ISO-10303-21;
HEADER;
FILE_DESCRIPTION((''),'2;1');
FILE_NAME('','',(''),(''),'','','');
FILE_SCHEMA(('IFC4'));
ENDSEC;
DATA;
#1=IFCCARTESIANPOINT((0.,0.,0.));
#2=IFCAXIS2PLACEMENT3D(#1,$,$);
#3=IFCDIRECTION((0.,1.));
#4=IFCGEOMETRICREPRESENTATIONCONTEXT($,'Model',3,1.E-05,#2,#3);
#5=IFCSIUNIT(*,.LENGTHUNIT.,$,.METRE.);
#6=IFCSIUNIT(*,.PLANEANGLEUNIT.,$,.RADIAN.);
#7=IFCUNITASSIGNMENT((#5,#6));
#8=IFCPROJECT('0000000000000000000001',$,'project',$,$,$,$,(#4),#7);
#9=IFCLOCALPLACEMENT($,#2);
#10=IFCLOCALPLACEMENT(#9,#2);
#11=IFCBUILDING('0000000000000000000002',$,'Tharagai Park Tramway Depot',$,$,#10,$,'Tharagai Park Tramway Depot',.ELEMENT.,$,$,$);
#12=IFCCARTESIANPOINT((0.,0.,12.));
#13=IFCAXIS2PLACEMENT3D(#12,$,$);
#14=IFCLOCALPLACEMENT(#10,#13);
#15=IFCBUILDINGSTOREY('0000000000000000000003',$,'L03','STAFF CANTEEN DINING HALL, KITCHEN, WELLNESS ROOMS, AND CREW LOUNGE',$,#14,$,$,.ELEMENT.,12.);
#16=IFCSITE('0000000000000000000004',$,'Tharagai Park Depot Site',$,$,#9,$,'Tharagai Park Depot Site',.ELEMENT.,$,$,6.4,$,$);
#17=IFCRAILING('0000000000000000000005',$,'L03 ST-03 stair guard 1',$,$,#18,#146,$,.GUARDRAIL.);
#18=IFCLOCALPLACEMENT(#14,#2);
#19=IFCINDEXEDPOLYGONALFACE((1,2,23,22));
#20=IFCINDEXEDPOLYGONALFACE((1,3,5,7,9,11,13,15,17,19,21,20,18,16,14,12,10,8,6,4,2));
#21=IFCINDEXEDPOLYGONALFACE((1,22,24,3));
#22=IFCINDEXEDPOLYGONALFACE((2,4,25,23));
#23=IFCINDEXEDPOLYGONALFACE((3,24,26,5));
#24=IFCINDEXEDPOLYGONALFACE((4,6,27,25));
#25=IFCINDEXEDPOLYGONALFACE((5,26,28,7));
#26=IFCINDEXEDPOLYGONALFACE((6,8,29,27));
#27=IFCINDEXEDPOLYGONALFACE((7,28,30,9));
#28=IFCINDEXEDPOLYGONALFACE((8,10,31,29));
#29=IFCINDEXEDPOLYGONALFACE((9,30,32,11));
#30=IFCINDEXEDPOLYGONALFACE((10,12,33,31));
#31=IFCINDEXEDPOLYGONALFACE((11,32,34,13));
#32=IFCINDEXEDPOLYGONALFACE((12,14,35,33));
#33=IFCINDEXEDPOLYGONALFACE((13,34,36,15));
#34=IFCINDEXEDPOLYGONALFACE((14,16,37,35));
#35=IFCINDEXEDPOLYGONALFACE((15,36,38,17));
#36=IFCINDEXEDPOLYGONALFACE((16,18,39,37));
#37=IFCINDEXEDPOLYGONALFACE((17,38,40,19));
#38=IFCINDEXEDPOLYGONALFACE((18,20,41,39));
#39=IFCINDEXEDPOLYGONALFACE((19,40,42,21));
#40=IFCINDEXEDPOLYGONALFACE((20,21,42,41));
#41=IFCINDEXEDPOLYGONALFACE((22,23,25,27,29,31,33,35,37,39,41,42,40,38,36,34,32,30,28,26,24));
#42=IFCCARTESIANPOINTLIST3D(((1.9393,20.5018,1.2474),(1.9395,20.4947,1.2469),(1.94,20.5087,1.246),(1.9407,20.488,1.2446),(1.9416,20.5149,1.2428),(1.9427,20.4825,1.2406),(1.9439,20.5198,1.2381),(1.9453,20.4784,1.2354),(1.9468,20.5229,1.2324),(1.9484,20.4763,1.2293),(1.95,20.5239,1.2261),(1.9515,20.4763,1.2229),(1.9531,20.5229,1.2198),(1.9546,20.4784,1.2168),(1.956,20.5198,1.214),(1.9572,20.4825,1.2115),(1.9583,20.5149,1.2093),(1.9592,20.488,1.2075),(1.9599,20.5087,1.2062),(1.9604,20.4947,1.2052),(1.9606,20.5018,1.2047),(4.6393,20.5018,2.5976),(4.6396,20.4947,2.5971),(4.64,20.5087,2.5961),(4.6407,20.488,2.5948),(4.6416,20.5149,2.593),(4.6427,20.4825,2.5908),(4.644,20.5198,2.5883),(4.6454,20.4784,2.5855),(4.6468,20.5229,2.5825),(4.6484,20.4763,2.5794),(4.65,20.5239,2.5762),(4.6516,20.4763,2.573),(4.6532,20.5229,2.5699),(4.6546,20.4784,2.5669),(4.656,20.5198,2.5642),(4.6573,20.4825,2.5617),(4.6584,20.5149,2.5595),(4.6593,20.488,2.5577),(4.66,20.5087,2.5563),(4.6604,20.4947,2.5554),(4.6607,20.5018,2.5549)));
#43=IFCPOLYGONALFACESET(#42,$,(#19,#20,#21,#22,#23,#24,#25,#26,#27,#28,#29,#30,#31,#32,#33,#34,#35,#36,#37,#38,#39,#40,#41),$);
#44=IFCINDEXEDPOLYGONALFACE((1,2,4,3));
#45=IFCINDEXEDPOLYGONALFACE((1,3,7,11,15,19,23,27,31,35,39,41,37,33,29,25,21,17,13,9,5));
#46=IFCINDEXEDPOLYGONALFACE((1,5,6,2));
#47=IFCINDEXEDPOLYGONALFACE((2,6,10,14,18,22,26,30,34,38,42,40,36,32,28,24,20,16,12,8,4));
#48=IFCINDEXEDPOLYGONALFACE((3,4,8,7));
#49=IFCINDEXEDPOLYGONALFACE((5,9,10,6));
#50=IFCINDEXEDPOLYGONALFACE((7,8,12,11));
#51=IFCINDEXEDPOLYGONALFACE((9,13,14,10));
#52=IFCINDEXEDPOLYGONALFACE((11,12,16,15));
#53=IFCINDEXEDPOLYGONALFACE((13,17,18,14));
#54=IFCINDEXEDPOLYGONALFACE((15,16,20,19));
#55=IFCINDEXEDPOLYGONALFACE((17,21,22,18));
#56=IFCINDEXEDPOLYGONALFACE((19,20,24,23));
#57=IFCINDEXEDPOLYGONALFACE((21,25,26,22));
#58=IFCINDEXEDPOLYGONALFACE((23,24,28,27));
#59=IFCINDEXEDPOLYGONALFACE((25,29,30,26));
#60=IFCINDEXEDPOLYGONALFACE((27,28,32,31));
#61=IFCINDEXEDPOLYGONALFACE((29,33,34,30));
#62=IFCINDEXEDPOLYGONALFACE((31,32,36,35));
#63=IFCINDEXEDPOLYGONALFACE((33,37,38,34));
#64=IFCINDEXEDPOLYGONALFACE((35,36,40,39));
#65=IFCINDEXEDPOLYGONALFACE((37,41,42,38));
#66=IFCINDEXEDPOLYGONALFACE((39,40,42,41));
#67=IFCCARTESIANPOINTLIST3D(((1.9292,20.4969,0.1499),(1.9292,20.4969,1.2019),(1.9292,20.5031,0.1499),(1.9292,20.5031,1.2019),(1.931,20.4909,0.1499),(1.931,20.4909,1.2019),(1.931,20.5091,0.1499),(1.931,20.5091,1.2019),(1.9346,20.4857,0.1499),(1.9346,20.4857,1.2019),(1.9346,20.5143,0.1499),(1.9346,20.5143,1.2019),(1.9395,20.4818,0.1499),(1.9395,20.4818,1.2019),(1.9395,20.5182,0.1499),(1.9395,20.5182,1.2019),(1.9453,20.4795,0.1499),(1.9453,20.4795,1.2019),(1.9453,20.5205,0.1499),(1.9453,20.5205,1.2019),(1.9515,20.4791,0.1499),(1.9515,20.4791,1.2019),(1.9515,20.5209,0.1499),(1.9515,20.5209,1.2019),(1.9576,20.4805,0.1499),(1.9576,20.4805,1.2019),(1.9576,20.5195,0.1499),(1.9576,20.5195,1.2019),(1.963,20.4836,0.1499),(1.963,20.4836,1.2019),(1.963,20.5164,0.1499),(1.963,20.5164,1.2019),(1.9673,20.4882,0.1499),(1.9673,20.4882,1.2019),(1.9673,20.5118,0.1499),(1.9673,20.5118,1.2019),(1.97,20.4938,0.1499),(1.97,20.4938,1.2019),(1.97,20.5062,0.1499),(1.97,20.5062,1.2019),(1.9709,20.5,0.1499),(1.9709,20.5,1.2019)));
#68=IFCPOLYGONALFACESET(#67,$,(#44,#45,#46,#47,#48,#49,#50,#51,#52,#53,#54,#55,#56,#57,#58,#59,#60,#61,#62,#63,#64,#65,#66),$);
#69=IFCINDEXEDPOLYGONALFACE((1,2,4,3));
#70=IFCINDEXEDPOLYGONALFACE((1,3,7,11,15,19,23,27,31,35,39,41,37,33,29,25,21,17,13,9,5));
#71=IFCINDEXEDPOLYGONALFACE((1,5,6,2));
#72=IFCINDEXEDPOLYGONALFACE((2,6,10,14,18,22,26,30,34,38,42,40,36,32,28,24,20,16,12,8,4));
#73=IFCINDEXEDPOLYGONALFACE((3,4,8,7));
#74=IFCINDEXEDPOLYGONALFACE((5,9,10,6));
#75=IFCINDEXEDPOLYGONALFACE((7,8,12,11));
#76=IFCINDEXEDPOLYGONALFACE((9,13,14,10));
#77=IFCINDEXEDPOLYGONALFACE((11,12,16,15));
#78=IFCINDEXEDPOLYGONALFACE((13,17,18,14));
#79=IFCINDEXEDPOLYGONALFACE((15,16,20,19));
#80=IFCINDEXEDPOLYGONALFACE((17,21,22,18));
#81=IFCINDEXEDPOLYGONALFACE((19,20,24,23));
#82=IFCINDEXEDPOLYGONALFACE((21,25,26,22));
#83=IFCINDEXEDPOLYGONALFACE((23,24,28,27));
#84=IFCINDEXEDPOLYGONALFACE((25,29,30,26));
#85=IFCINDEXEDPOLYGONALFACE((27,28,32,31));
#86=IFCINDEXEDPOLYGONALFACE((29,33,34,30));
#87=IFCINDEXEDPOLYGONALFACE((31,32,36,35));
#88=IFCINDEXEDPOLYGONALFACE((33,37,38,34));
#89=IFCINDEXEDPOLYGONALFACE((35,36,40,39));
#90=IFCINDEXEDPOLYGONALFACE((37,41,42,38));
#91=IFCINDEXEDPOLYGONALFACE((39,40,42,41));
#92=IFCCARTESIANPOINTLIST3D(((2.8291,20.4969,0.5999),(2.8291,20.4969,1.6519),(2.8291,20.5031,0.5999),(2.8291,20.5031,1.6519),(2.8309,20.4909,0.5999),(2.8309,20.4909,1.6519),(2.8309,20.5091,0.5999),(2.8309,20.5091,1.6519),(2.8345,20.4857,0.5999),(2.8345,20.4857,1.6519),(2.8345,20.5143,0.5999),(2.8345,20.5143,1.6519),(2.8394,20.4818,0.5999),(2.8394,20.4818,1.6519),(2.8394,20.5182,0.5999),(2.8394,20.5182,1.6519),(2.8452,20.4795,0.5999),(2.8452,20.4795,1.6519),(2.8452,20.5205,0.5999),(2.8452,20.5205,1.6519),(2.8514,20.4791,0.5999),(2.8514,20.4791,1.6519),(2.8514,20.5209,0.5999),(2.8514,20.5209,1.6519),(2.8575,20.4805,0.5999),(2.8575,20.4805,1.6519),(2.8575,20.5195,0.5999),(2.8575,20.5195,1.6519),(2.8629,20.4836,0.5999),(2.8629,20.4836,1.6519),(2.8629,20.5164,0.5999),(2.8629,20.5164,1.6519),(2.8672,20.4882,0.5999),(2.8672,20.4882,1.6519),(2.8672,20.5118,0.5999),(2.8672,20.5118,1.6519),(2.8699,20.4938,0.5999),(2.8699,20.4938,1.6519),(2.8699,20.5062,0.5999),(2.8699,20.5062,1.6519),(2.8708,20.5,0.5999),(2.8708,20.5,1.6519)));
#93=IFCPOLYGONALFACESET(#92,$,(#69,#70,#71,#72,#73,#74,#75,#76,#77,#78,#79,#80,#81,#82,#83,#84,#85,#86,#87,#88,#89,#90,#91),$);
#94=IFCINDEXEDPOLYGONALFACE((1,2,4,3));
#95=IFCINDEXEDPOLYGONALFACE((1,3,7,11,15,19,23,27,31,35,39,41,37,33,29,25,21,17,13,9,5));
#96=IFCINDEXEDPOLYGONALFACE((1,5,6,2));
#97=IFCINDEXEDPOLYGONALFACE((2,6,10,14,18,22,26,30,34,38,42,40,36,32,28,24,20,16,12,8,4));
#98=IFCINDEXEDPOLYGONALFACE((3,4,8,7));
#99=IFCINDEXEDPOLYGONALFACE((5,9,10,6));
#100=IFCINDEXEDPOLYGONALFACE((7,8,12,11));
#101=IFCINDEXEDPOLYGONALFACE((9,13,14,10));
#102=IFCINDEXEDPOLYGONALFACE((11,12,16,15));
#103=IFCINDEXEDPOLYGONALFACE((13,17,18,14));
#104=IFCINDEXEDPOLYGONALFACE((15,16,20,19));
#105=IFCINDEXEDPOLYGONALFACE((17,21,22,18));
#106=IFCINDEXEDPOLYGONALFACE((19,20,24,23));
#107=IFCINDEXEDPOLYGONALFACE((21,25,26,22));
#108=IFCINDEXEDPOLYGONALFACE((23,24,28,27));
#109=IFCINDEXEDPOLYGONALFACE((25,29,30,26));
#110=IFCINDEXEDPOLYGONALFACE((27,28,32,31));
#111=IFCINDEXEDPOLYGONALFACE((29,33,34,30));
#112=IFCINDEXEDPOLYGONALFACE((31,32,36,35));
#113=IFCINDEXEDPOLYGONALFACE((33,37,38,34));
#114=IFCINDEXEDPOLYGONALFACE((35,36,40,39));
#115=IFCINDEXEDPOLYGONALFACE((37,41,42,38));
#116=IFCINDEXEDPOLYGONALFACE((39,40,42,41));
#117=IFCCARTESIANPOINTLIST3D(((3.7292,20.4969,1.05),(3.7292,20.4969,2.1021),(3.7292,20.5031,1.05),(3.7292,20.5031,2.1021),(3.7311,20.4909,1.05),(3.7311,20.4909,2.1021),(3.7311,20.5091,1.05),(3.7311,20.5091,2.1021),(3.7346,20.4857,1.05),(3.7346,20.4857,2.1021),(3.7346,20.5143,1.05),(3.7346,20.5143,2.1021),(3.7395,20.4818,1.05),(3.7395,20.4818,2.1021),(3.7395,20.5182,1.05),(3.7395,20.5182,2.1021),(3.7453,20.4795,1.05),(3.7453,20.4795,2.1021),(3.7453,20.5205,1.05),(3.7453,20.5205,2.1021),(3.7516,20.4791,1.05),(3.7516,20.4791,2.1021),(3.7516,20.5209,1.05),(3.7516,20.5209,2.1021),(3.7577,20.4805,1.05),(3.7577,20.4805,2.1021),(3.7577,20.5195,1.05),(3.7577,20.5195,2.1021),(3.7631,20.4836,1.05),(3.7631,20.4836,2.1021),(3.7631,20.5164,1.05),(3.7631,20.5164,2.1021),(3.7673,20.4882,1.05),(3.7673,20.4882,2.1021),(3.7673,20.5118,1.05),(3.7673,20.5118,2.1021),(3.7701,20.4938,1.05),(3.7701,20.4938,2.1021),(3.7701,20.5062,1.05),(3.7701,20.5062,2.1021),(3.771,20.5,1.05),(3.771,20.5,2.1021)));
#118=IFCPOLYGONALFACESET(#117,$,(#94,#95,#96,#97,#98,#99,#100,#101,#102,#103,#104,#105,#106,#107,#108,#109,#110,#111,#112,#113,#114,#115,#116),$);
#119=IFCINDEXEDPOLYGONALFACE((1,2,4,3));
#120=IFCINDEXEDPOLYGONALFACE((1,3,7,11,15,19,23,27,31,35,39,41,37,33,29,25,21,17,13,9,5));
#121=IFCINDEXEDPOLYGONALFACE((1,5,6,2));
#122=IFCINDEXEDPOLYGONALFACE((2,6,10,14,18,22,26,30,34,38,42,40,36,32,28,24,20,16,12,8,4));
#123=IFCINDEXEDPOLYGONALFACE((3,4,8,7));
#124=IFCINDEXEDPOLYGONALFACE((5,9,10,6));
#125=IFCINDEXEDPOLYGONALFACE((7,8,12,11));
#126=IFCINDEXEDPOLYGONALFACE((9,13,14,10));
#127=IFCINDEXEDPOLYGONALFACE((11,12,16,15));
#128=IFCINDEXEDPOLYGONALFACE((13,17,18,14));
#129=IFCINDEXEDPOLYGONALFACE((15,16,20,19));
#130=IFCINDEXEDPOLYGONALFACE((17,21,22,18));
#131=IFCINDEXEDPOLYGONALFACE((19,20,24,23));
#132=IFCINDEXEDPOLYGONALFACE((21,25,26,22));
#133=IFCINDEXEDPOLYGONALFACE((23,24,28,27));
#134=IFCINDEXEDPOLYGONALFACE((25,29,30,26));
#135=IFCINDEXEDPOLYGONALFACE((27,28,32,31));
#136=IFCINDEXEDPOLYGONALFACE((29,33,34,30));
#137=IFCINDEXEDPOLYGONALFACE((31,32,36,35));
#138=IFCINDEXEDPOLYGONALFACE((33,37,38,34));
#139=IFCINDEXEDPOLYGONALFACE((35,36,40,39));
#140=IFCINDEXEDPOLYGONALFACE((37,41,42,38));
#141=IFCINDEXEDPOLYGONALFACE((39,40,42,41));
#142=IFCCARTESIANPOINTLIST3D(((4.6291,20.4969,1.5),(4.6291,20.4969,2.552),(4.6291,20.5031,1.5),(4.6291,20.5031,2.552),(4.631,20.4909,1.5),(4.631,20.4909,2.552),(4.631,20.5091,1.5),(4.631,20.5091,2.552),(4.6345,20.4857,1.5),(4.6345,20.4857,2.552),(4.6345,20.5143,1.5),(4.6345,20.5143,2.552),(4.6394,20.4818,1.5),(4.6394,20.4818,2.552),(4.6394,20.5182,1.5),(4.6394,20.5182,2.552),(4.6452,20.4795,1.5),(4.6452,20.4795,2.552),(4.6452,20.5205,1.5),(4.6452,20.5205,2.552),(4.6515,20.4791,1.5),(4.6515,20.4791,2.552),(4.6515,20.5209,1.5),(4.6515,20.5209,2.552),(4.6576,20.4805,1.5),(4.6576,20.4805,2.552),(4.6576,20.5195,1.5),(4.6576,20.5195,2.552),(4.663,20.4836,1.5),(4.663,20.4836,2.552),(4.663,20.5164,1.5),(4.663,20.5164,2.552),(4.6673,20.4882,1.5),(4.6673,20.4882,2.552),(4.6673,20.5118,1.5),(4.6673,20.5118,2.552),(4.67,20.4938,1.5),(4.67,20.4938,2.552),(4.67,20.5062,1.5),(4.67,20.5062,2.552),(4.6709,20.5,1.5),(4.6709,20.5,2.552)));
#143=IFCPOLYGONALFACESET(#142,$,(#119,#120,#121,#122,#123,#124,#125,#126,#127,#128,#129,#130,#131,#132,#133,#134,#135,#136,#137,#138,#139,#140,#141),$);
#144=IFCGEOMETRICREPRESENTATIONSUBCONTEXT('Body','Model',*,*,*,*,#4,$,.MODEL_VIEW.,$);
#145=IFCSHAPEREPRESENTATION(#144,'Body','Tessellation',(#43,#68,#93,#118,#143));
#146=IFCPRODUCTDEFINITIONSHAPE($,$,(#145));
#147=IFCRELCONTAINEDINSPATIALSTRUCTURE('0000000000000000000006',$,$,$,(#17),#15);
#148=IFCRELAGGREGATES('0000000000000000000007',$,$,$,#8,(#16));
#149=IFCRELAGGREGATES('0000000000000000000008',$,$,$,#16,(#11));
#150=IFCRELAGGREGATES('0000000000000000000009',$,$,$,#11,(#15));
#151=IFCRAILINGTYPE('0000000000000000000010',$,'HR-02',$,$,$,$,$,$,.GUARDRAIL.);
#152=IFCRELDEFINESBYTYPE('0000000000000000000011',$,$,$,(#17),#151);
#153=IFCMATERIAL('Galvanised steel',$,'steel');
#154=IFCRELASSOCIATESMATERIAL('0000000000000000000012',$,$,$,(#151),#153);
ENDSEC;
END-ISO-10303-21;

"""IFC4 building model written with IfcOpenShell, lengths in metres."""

from ifc_helpers import new_model, si_unit, direction, frame, origin, origin_2d, place, context, subcontext, project, spatial, circle, extrude, material, type_object, element, save


model = new_model("IFC4")

# Units and contexts
model_context = context("Model", 3, precision=1e-05, world=origin(), true_north=direction((0.0, 1.0)))
body_context = subcontext(model_context, "Body", "Model", "MODEL_VIEW")
ifc_project = project(units=[si_unit("LENGTHUNIT", "METRE"), si_unit("PLANEANGLEUNIT", "RADIAN")], contexts=[model_context])

# Site, building, storey
site_placement = place(None, origin())
site = spatial("IfcSite", under=ifc_project, at=site_placement, Name="Tharagai Park Depot Site", LongName="Tharagai Park Depot Site", CompositionType="ELEMENT", RefElevation=6.4)
building_placement = place(site_placement, origin())
building = spatial("IfcBuilding", under=site, at=building_placement, Name="Tharagai Park Tramway Depot", LongName="Tharagai Park Tramway Depot", CompositionType="ELEMENT")
storey_placement = place(building_placement, frame((0.0, 0.0, 12.0)))
storey = spatial("IfcBuildingStorey", under=building, at=storey_placement, Name="L03", Description="STAFF CANTEEN DINING HALL, KITCHEN, WELLNESS ROOMS, AND CREW LOUNGE", CompositionType="ELEMENT", Elevation=12.0)

# Shared definitions
ifc_material_1 = material(Name="Galvanised steel", Category="steel")

# Railing
railing_type_1 = type_object("IfcRailingType", Name="HR-02", PredefinedType="GUARDRAIL", material=ifc_material_1)
railing_1_placement = place(storey_placement, frame((1.95, 20.5, 0.1499)))
element("IfcRailing", 1, at=railing_1_placement, inside=storey, type_object=railing_type_1, Name="L03 ST-03 stair guard 1", PredefinedType="GUARDRAIL", context=body_context, shape_type="SweptSolid", body=[
    extrude(circle(Radius=0.0239, at=origin_2d()), frame((0.0, 0.0, 1.0762), z_axis=(0.894411, 0.0, 0.447246), x_axis=(0.0, 1.0, 0.0)), (0.0, 0.0, 1.0), 3.0188),
    extrude(circle(Radius=0.021, at=origin_2d()), origin(), (0.0, 0.0, 1.0), 1.052),
    extrude(circle(Radius=0.021, at=origin_2d()), frame((0.8999, 0.0, 0.45)), (0.0, 0.0, 1.0), 1.052),
    extrude(circle(Radius=0.021, at=origin_2d()), frame((1.8, 0.0, 0.9001)), (0.0, 0.0, 1.0), 1.052),
    extrude(circle(Radius=0.021, at=origin_2d()), frame((2.7, 0.0, 1.3501)), (0.0, 0.0, 1.0), 1.052),
])

save(model, "model.ifc")
